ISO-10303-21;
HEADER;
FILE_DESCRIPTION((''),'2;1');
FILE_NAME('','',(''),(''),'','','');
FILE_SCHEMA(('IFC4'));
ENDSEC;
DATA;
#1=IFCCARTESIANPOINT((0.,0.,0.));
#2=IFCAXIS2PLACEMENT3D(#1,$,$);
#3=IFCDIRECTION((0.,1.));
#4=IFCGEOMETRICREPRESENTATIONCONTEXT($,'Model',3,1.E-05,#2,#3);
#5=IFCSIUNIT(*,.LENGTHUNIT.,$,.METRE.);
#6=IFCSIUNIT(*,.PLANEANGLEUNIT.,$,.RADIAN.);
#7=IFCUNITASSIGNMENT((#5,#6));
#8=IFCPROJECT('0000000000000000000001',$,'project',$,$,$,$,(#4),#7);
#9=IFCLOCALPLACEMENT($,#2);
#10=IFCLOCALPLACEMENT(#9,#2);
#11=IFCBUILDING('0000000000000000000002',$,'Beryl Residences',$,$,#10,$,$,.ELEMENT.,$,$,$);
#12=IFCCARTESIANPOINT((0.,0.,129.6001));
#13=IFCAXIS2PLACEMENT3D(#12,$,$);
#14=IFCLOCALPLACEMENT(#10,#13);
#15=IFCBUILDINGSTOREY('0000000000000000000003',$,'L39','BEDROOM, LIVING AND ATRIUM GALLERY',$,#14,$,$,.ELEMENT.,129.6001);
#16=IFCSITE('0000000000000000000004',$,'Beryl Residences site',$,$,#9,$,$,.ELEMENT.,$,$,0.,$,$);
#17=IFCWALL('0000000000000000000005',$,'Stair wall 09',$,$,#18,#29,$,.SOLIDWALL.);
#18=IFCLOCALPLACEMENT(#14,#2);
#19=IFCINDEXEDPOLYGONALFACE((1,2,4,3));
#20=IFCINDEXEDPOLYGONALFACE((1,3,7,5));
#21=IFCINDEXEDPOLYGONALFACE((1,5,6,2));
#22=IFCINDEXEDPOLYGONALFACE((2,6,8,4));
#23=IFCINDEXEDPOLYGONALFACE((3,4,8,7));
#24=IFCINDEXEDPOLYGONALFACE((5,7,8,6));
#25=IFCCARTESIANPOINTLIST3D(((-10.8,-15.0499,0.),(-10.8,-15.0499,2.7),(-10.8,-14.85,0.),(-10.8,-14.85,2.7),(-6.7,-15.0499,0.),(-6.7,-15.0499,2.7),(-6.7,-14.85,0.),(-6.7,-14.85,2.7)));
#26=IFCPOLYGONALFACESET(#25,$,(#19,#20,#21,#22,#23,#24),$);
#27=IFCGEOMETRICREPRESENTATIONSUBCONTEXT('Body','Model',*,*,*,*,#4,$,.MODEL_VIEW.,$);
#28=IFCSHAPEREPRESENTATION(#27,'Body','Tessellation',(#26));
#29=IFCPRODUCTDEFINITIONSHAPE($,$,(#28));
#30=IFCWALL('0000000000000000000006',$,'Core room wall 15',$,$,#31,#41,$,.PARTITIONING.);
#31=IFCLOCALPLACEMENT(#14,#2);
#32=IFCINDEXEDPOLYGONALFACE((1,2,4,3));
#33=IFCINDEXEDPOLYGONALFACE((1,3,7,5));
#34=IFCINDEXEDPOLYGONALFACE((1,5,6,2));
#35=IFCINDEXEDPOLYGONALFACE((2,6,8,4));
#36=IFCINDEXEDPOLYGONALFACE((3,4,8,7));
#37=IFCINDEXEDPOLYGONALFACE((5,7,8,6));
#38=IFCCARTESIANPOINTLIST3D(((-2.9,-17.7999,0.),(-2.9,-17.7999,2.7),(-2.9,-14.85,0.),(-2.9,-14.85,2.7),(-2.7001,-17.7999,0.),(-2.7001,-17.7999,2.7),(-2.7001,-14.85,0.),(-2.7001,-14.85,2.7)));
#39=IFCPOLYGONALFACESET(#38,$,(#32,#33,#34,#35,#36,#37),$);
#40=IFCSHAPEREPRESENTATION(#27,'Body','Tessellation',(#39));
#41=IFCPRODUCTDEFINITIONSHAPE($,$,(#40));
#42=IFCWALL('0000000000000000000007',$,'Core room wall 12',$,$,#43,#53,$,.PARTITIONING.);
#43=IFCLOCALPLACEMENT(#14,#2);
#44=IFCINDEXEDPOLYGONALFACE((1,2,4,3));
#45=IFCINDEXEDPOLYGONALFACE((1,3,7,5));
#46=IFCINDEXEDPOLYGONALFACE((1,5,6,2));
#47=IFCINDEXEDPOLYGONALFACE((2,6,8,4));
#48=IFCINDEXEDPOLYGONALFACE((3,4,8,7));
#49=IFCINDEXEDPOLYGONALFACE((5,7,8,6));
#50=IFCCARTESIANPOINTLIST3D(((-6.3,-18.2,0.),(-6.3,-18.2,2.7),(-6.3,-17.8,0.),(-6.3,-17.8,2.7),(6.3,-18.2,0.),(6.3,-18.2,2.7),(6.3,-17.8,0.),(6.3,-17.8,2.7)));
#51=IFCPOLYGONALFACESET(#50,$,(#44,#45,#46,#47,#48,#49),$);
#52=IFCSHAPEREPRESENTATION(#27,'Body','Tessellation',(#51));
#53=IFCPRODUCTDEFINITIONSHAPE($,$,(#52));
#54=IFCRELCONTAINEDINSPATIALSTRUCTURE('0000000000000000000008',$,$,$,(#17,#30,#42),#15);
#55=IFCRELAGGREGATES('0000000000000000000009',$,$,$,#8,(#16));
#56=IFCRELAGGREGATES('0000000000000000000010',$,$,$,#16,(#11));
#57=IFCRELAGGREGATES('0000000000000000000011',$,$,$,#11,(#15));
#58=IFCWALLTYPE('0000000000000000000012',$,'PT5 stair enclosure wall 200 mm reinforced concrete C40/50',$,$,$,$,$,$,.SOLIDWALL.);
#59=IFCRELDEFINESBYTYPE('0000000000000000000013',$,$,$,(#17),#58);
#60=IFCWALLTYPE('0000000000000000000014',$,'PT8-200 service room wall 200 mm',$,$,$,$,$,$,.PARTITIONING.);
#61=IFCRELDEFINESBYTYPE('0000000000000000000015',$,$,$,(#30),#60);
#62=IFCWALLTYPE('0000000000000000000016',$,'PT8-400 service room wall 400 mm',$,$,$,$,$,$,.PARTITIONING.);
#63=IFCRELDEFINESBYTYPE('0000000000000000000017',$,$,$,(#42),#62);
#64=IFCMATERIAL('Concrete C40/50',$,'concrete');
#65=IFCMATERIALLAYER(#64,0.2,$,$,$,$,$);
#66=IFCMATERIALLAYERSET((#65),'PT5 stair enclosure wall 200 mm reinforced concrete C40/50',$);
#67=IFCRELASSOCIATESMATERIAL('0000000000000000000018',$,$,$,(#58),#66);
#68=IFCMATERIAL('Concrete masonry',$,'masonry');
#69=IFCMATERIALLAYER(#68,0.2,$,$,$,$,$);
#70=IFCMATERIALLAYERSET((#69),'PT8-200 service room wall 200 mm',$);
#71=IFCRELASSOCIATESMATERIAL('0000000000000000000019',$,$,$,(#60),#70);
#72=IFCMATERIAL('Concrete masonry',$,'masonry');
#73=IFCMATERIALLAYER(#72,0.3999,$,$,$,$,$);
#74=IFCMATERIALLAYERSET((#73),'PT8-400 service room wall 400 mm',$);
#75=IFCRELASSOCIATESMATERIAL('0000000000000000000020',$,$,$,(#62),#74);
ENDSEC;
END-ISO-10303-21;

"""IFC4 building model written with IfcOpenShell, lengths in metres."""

from ifc_helpers import new_model, si_unit, direction, frame, frame_2d, origin, place, context, subcontext, project, spatial, rectangle, extrude, material, layer, layer_set, type_object, element, save


model = new_model("IFC4")

# Units and contexts
model_context = context("Model", 3, precision=1e-05, world=origin(), true_north=direction((0.0, 1.0)))
body_context = subcontext(model_context, "Body", "Model", "MODEL_VIEW")
ifc_project = project(units=[si_unit("LENGTHUNIT", "METRE"), si_unit("PLANEANGLEUNIT", "RADIAN")], contexts=[model_context])

# Site, building, storey
site_placement = place(None, origin())
site = spatial("IfcSite", under=ifc_project, at=site_placement, Name="Beryl Residences site", CompositionType="ELEMENT", RefElevation=0.0)
building_placement = place(site_placement, origin())
building = spatial("IfcBuilding", under=site, at=building_placement, Name="Beryl Residences", CompositionType="ELEMENT")
storey_placement = place(building_placement, frame((0.0, 0.0, 129.6001)))
storey = spatial("IfcBuildingStorey", under=building, at=storey_placement, Name="L39", Description="BEDROOM, LIVING AND ATRIUM GALLERY", CompositionType="ELEMENT", Elevation=129.6001)

# Walls
ifc_material_1 = material(Name="Concrete C40/50", Category="concrete")
ifc_layer_1 = layer(ifc_material_1, 0.2)
ifc_layer_set_1 = layer_set([ifc_layer_1], Name="PT5 stair enclosure wall 200 mm reinforced concrete C40/50")
wall_type_1 = type_object("IfcWallType", Name="PT5 stair enclosure wall 200 mm reinforced concrete C40/50", PredefinedType="SOLIDWALL", material=ifc_layer_set_1)
wall_1_placement = place(storey_placement, frame((-10.8, -14.95, 0.0), z_axis=(0.0, 0.0, 1.0), x_axis=(1.0, 0.0, 0.0)))
element("IfcWall", 1, at=wall_1_placement, inside=storey, type_object=wall_type_1, Name="Stair wall 09", PredefinedType="SOLIDWALL", context=body_context, shape_type="SweptSolid", body=[
    extrude(rectangle(XDim=4.1001, YDim=0.2, at=frame_2d((2.05, 0.0))), origin(), (0.0, 0.0, 1.0), 2.7),
])
ifc_material_2 = material(Name="Concrete masonry", Category="masonry")
ifc_layer_2 = layer(ifc_material_2, 0.2)
ifc_layer_set_2 = layer_set([ifc_layer_2], Name="PT8-200 service room wall 200 mm")
wall_type_2 = type_object("IfcWallType", Name="PT8-200 service room wall 200 mm", PredefinedType="PARTITIONING", material=ifc_layer_set_2)
wall_2_placement = place(storey_placement, frame((-2.8, -17.8, 0.0), z_axis=(0.0, 0.0, 1.0), x_axis=(0.0, 1.0, 0.0)))
element("IfcWall", 2, at=wall_2_placement, inside=storey, type_object=wall_type_2, Name="Core room wall 15", PredefinedType="PARTITIONING", context=body_context, shape_type="SweptSolid", body=[
    extrude(rectangle(XDim=2.95, YDim=0.2, at=frame_2d((1.4751, 0.0))), origin(), (0.0, 0.0, 1.0), 2.7),
])
ifc_material_3 = material(Name="Concrete masonry", Category="masonry")
ifc_layer_3 = layer(ifc_material_3, 0.3999)
ifc_layer_set_3 = layer_set([ifc_layer_3], Name="PT8-400 service room wall 400 mm")
wall_type_3 = type_object("IfcWallType", Name="PT8-400 service room wall 400 mm", PredefinedType="PARTITIONING", material=ifc_layer_set_3)
wall_3_placement = place(storey_placement, frame((-6.3, -18.0, 0.0), z_axis=(0.0, 0.0, 1.0), x_axis=(1.0, 0.0, 0.0)))
element("IfcWall", 3, at=wall_3_placement, inside=storey, type_object=wall_type_3, Name="Core room wall 12", PredefinedType="PARTITIONING", context=body_context, shape_type="SweptSolid", body=[
    extrude(rectangle(XDim=12.6001, YDim=0.3999, at=frame_2d((6.3, 0.0))), origin(), (0.0, 0.0, 1.0), 2.7),
])

save(model, "model.ifc")
